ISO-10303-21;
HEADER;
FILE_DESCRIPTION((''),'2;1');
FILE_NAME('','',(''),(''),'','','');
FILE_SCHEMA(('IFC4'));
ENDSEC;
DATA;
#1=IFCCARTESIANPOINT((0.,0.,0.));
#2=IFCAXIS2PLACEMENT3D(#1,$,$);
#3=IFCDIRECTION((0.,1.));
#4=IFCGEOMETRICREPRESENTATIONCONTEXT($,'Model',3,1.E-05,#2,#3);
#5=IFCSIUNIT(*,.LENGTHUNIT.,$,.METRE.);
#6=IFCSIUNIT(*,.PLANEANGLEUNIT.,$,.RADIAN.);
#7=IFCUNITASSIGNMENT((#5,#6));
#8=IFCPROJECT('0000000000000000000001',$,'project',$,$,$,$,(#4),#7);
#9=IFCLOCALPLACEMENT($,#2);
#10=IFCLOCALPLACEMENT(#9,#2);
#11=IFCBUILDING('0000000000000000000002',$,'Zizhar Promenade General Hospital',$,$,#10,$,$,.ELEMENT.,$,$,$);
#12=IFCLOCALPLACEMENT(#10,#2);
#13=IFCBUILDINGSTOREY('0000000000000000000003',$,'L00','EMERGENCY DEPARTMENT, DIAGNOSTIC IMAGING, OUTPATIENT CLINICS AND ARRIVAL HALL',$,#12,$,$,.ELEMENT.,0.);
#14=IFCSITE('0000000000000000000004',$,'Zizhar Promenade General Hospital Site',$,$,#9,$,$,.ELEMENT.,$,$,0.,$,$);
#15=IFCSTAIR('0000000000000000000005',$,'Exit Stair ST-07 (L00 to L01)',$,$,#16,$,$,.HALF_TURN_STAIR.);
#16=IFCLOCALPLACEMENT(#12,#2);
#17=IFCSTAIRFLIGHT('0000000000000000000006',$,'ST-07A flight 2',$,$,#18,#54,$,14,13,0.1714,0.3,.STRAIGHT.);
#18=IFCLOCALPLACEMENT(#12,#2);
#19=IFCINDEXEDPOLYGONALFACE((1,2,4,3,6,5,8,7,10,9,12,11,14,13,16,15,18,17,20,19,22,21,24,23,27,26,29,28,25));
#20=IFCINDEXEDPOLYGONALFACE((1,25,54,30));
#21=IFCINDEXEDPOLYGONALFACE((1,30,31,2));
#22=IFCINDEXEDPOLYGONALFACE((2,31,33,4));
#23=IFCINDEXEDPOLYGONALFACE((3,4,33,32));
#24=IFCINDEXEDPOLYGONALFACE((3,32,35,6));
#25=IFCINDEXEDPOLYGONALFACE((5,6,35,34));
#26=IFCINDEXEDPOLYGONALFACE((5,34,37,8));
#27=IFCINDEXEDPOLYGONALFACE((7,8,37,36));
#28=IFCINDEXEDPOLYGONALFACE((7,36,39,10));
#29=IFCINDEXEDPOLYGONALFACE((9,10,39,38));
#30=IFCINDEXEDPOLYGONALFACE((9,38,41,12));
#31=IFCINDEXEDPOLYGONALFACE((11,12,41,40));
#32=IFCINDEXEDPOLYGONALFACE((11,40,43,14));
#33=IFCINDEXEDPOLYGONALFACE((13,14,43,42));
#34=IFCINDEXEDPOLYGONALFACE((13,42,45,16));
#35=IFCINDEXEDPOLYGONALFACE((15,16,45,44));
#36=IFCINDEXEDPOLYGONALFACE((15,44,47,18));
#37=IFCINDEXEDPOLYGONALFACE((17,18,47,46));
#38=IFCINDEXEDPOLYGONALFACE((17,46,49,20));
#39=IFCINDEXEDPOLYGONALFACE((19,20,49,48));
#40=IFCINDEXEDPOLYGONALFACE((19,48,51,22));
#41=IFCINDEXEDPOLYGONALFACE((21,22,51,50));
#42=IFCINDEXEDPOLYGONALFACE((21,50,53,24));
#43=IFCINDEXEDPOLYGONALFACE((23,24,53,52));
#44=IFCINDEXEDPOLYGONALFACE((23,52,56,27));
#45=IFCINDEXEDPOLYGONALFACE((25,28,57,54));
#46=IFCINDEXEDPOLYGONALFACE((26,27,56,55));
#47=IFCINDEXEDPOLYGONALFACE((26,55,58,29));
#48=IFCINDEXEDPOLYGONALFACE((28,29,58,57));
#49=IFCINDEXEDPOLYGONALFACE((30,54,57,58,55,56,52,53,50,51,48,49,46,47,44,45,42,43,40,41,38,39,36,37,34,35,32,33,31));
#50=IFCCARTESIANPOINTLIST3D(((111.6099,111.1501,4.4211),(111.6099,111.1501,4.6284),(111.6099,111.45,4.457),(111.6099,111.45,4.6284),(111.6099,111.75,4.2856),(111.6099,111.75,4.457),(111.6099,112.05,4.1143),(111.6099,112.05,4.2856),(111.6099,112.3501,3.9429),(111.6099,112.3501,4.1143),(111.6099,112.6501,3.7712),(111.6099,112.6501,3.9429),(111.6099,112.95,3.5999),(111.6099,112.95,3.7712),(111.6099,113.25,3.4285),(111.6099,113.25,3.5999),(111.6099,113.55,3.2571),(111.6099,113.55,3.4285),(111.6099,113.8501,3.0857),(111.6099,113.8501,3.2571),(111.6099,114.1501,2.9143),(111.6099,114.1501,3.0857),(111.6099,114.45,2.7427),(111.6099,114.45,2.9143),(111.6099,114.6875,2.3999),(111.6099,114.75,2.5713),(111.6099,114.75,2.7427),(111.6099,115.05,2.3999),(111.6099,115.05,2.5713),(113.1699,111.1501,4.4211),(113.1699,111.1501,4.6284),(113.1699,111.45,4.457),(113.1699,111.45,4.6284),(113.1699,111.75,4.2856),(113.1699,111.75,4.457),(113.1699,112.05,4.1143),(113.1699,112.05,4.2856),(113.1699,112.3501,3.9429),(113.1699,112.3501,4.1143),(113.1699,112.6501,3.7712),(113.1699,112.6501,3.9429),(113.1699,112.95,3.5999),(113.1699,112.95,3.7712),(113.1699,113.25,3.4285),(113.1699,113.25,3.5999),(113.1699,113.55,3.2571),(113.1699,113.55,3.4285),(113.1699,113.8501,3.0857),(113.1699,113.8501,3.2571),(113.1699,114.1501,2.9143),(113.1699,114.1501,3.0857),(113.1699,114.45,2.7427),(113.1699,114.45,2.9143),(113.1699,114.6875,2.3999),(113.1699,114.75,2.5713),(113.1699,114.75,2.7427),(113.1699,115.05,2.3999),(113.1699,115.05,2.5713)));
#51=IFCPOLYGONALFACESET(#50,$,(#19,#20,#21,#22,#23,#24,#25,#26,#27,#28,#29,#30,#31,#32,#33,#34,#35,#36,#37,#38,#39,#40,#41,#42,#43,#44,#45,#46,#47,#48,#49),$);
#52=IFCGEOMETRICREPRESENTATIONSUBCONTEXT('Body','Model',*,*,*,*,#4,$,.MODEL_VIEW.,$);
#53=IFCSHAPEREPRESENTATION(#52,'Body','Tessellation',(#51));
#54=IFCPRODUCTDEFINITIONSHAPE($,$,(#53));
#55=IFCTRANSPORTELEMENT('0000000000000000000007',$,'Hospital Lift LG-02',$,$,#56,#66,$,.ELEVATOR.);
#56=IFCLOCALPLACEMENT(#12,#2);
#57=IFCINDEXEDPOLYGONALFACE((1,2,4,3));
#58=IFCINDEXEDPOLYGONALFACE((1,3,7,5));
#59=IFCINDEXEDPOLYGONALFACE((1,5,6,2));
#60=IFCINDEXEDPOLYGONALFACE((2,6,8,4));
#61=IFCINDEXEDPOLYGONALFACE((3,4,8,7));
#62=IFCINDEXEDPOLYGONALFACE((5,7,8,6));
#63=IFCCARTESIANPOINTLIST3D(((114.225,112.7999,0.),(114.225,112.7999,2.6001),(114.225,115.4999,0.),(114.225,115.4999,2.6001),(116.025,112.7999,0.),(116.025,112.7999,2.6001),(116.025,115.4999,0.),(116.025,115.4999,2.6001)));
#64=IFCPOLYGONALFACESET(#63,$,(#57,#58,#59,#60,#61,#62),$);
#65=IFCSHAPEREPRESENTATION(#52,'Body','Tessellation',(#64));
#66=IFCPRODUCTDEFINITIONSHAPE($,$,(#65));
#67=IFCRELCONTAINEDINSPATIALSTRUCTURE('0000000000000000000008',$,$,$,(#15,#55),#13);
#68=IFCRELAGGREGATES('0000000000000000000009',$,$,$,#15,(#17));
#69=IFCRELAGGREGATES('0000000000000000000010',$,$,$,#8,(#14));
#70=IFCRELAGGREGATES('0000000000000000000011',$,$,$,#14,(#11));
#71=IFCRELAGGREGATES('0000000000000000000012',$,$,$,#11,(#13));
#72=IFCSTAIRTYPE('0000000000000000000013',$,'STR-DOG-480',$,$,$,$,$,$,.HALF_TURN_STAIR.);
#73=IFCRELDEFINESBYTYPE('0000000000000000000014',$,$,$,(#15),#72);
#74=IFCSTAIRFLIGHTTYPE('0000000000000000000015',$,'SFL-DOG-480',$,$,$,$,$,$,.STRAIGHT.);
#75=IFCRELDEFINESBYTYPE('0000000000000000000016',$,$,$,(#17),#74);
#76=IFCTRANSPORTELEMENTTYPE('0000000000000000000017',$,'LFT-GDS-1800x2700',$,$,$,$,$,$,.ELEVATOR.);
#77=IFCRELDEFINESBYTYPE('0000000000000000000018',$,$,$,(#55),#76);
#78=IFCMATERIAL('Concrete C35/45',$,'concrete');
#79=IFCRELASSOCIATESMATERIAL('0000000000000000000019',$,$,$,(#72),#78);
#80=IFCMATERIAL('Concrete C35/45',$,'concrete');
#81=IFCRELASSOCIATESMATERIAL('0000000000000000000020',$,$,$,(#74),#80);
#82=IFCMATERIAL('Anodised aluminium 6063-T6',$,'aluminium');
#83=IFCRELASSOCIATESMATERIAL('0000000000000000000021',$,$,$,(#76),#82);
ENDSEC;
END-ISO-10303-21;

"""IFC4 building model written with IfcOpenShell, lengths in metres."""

from ifc_helpers import new_model, si_unit, direction, frame, origin, origin_2d, place, context, subcontext, project, spatial, polyline, rectangle, outline, extrude, material, type_object, element, aggregate, save


model = new_model("IFC4")

# Units and contexts
model_context = context("Model", 3, precision=1e-05, world=origin(), true_north=direction((0.0, 1.0)))
body_context = subcontext(model_context, "Body", "Model", "MODEL_VIEW")
ifc_project = project(units=[si_unit("LENGTHUNIT", "METRE"), si_unit("PLANEANGLEUNIT", "RADIAN")], contexts=[model_context])

# Site, building, storey
site_placement = place(None, origin())
site = spatial("IfcSite", under=ifc_project, at=site_placement, Name="Zizhar Promenade General Hospital Site", CompositionType="ELEMENT", RefElevation=0.0)
building_placement = place(site_placement, origin())
building = spatial("IfcBuilding", under=site, at=building_placement, Name="Zizhar Promenade General Hospital", CompositionType="ELEMENT")
storey_placement = place(building_placement, origin())
storey = spatial("IfcBuildingStorey", under=building, at=storey_placement, Name="L00", Description="EMERGENCY DEPARTMENT, DIAGNOSTIC IMAGING, OUTPATIENT CLINICS AND ARRIVAL HALL", CompositionType="ELEMENT", Elevation=0.0)

# Stair, stair flight
ifc_material_1 = material(Name="Concrete C35/45", Category="concrete")
stair_type = type_object("IfcStairType", Name="STR-DOG-480", PredefinedType="HALF_TURN_STAIR", material=ifc_material_1)
stair_placement = place(storey_placement, origin())
stair = element("IfcStair", 1, at=stair_placement, inside=storey, type_object=stair_type, Name="Exit Stair ST-07 (L00 to L01)", PredefinedType="HALF_TURN_STAIR")
ifc_material_2 = material(Name="Concrete C35/45", Category="concrete")
stair_flight_type = type_object("IfcStairFlightType", Name="SFL-DOG-480", PredefinedType="STRAIGHT", material=ifc_material_2)
stair_flight_placement = place(storey_placement, frame((112.3899, 115.05, 2.3999), z_axis=(0.0, 0.0, 1.0), x_axis=(0.0, -1.0, 0.0)))
stair_flight = element("IfcStairFlight", 2, at=stair_flight_placement, type_object=stair_flight_type, Name="ST-07A flight 2", NumberOfRisers=14, NumberOfTreads=13, PredefinedType="STRAIGHT", RiserHeight=0.1714, TreadLength=0.3, context=body_context, shape_type="SweptSolid", body=[
    extrude(outline(polyline([(0.0, 0.0), (0.0, 0.1714), (0.3, 0.1714), (0.3, 0.3428), (0.6001, 0.3428), (0.6001, 0.5144), (0.8999, 0.5144), (0.8999, 0.6858), (1.2, 0.6858), (1.2, 0.8572), (1.5, 0.8572), (1.5, 1.0286), (1.8, 1.0286), (1.8, 1.2), (2.1001, 1.2), (2.1001, 1.3713), (2.3999, 1.3713), (2.3999, 1.543), (2.7, 1.543), (2.7, 1.7144), (3.0, 1.7144), (3.0, 1.8857), (3.3, 1.8857), (3.3, 2.0571), (3.6001, 2.0571), (3.6001, 2.2285), (3.8999, 2.2285), (3.8999, 2.3999), (3.8999, 2.0212), (0.3625, 0.0), (0.0, 0.0)])), frame((0.0, 0.78, 0.0), z_axis=(0.0, -1.0, 0.0), x_axis=(1.0, 0.0, 0.0)), (0.0, 0.0, 1.0), 1.5601),
])
aggregate(stair, [stair_flight])

# Transport element
ifc_material_3 = material(Name="Anodised aluminium 6063-T6", Category="aluminium")
transport_element_type = type_object("IfcTransportElementType", Name="LFT-GDS-1800x2700", PredefinedType="ELEVATOR", material=ifc_material_3)
transport_element_placement = place(storey_placement, frame((115.125, 114.1499, 0.0), z_axis=(0.0, 0.0, 1.0), x_axis=(1.0, 0.0, 0.0)))
element("IfcTransportElement", 3, at=transport_element_placement, inside=storey, type_object=transport_element_type, Name="Hospital Lift LG-02", PredefinedType="ELEVATOR", context=body_context, shape_type="SweptSolid", body=[
    extrude(rectangle(XDim=1.8, YDim=2.7, at=origin_2d()), origin(), (0.0, 0.0, 1.0), 2.6001),
])

save(model, "model.ifc")
